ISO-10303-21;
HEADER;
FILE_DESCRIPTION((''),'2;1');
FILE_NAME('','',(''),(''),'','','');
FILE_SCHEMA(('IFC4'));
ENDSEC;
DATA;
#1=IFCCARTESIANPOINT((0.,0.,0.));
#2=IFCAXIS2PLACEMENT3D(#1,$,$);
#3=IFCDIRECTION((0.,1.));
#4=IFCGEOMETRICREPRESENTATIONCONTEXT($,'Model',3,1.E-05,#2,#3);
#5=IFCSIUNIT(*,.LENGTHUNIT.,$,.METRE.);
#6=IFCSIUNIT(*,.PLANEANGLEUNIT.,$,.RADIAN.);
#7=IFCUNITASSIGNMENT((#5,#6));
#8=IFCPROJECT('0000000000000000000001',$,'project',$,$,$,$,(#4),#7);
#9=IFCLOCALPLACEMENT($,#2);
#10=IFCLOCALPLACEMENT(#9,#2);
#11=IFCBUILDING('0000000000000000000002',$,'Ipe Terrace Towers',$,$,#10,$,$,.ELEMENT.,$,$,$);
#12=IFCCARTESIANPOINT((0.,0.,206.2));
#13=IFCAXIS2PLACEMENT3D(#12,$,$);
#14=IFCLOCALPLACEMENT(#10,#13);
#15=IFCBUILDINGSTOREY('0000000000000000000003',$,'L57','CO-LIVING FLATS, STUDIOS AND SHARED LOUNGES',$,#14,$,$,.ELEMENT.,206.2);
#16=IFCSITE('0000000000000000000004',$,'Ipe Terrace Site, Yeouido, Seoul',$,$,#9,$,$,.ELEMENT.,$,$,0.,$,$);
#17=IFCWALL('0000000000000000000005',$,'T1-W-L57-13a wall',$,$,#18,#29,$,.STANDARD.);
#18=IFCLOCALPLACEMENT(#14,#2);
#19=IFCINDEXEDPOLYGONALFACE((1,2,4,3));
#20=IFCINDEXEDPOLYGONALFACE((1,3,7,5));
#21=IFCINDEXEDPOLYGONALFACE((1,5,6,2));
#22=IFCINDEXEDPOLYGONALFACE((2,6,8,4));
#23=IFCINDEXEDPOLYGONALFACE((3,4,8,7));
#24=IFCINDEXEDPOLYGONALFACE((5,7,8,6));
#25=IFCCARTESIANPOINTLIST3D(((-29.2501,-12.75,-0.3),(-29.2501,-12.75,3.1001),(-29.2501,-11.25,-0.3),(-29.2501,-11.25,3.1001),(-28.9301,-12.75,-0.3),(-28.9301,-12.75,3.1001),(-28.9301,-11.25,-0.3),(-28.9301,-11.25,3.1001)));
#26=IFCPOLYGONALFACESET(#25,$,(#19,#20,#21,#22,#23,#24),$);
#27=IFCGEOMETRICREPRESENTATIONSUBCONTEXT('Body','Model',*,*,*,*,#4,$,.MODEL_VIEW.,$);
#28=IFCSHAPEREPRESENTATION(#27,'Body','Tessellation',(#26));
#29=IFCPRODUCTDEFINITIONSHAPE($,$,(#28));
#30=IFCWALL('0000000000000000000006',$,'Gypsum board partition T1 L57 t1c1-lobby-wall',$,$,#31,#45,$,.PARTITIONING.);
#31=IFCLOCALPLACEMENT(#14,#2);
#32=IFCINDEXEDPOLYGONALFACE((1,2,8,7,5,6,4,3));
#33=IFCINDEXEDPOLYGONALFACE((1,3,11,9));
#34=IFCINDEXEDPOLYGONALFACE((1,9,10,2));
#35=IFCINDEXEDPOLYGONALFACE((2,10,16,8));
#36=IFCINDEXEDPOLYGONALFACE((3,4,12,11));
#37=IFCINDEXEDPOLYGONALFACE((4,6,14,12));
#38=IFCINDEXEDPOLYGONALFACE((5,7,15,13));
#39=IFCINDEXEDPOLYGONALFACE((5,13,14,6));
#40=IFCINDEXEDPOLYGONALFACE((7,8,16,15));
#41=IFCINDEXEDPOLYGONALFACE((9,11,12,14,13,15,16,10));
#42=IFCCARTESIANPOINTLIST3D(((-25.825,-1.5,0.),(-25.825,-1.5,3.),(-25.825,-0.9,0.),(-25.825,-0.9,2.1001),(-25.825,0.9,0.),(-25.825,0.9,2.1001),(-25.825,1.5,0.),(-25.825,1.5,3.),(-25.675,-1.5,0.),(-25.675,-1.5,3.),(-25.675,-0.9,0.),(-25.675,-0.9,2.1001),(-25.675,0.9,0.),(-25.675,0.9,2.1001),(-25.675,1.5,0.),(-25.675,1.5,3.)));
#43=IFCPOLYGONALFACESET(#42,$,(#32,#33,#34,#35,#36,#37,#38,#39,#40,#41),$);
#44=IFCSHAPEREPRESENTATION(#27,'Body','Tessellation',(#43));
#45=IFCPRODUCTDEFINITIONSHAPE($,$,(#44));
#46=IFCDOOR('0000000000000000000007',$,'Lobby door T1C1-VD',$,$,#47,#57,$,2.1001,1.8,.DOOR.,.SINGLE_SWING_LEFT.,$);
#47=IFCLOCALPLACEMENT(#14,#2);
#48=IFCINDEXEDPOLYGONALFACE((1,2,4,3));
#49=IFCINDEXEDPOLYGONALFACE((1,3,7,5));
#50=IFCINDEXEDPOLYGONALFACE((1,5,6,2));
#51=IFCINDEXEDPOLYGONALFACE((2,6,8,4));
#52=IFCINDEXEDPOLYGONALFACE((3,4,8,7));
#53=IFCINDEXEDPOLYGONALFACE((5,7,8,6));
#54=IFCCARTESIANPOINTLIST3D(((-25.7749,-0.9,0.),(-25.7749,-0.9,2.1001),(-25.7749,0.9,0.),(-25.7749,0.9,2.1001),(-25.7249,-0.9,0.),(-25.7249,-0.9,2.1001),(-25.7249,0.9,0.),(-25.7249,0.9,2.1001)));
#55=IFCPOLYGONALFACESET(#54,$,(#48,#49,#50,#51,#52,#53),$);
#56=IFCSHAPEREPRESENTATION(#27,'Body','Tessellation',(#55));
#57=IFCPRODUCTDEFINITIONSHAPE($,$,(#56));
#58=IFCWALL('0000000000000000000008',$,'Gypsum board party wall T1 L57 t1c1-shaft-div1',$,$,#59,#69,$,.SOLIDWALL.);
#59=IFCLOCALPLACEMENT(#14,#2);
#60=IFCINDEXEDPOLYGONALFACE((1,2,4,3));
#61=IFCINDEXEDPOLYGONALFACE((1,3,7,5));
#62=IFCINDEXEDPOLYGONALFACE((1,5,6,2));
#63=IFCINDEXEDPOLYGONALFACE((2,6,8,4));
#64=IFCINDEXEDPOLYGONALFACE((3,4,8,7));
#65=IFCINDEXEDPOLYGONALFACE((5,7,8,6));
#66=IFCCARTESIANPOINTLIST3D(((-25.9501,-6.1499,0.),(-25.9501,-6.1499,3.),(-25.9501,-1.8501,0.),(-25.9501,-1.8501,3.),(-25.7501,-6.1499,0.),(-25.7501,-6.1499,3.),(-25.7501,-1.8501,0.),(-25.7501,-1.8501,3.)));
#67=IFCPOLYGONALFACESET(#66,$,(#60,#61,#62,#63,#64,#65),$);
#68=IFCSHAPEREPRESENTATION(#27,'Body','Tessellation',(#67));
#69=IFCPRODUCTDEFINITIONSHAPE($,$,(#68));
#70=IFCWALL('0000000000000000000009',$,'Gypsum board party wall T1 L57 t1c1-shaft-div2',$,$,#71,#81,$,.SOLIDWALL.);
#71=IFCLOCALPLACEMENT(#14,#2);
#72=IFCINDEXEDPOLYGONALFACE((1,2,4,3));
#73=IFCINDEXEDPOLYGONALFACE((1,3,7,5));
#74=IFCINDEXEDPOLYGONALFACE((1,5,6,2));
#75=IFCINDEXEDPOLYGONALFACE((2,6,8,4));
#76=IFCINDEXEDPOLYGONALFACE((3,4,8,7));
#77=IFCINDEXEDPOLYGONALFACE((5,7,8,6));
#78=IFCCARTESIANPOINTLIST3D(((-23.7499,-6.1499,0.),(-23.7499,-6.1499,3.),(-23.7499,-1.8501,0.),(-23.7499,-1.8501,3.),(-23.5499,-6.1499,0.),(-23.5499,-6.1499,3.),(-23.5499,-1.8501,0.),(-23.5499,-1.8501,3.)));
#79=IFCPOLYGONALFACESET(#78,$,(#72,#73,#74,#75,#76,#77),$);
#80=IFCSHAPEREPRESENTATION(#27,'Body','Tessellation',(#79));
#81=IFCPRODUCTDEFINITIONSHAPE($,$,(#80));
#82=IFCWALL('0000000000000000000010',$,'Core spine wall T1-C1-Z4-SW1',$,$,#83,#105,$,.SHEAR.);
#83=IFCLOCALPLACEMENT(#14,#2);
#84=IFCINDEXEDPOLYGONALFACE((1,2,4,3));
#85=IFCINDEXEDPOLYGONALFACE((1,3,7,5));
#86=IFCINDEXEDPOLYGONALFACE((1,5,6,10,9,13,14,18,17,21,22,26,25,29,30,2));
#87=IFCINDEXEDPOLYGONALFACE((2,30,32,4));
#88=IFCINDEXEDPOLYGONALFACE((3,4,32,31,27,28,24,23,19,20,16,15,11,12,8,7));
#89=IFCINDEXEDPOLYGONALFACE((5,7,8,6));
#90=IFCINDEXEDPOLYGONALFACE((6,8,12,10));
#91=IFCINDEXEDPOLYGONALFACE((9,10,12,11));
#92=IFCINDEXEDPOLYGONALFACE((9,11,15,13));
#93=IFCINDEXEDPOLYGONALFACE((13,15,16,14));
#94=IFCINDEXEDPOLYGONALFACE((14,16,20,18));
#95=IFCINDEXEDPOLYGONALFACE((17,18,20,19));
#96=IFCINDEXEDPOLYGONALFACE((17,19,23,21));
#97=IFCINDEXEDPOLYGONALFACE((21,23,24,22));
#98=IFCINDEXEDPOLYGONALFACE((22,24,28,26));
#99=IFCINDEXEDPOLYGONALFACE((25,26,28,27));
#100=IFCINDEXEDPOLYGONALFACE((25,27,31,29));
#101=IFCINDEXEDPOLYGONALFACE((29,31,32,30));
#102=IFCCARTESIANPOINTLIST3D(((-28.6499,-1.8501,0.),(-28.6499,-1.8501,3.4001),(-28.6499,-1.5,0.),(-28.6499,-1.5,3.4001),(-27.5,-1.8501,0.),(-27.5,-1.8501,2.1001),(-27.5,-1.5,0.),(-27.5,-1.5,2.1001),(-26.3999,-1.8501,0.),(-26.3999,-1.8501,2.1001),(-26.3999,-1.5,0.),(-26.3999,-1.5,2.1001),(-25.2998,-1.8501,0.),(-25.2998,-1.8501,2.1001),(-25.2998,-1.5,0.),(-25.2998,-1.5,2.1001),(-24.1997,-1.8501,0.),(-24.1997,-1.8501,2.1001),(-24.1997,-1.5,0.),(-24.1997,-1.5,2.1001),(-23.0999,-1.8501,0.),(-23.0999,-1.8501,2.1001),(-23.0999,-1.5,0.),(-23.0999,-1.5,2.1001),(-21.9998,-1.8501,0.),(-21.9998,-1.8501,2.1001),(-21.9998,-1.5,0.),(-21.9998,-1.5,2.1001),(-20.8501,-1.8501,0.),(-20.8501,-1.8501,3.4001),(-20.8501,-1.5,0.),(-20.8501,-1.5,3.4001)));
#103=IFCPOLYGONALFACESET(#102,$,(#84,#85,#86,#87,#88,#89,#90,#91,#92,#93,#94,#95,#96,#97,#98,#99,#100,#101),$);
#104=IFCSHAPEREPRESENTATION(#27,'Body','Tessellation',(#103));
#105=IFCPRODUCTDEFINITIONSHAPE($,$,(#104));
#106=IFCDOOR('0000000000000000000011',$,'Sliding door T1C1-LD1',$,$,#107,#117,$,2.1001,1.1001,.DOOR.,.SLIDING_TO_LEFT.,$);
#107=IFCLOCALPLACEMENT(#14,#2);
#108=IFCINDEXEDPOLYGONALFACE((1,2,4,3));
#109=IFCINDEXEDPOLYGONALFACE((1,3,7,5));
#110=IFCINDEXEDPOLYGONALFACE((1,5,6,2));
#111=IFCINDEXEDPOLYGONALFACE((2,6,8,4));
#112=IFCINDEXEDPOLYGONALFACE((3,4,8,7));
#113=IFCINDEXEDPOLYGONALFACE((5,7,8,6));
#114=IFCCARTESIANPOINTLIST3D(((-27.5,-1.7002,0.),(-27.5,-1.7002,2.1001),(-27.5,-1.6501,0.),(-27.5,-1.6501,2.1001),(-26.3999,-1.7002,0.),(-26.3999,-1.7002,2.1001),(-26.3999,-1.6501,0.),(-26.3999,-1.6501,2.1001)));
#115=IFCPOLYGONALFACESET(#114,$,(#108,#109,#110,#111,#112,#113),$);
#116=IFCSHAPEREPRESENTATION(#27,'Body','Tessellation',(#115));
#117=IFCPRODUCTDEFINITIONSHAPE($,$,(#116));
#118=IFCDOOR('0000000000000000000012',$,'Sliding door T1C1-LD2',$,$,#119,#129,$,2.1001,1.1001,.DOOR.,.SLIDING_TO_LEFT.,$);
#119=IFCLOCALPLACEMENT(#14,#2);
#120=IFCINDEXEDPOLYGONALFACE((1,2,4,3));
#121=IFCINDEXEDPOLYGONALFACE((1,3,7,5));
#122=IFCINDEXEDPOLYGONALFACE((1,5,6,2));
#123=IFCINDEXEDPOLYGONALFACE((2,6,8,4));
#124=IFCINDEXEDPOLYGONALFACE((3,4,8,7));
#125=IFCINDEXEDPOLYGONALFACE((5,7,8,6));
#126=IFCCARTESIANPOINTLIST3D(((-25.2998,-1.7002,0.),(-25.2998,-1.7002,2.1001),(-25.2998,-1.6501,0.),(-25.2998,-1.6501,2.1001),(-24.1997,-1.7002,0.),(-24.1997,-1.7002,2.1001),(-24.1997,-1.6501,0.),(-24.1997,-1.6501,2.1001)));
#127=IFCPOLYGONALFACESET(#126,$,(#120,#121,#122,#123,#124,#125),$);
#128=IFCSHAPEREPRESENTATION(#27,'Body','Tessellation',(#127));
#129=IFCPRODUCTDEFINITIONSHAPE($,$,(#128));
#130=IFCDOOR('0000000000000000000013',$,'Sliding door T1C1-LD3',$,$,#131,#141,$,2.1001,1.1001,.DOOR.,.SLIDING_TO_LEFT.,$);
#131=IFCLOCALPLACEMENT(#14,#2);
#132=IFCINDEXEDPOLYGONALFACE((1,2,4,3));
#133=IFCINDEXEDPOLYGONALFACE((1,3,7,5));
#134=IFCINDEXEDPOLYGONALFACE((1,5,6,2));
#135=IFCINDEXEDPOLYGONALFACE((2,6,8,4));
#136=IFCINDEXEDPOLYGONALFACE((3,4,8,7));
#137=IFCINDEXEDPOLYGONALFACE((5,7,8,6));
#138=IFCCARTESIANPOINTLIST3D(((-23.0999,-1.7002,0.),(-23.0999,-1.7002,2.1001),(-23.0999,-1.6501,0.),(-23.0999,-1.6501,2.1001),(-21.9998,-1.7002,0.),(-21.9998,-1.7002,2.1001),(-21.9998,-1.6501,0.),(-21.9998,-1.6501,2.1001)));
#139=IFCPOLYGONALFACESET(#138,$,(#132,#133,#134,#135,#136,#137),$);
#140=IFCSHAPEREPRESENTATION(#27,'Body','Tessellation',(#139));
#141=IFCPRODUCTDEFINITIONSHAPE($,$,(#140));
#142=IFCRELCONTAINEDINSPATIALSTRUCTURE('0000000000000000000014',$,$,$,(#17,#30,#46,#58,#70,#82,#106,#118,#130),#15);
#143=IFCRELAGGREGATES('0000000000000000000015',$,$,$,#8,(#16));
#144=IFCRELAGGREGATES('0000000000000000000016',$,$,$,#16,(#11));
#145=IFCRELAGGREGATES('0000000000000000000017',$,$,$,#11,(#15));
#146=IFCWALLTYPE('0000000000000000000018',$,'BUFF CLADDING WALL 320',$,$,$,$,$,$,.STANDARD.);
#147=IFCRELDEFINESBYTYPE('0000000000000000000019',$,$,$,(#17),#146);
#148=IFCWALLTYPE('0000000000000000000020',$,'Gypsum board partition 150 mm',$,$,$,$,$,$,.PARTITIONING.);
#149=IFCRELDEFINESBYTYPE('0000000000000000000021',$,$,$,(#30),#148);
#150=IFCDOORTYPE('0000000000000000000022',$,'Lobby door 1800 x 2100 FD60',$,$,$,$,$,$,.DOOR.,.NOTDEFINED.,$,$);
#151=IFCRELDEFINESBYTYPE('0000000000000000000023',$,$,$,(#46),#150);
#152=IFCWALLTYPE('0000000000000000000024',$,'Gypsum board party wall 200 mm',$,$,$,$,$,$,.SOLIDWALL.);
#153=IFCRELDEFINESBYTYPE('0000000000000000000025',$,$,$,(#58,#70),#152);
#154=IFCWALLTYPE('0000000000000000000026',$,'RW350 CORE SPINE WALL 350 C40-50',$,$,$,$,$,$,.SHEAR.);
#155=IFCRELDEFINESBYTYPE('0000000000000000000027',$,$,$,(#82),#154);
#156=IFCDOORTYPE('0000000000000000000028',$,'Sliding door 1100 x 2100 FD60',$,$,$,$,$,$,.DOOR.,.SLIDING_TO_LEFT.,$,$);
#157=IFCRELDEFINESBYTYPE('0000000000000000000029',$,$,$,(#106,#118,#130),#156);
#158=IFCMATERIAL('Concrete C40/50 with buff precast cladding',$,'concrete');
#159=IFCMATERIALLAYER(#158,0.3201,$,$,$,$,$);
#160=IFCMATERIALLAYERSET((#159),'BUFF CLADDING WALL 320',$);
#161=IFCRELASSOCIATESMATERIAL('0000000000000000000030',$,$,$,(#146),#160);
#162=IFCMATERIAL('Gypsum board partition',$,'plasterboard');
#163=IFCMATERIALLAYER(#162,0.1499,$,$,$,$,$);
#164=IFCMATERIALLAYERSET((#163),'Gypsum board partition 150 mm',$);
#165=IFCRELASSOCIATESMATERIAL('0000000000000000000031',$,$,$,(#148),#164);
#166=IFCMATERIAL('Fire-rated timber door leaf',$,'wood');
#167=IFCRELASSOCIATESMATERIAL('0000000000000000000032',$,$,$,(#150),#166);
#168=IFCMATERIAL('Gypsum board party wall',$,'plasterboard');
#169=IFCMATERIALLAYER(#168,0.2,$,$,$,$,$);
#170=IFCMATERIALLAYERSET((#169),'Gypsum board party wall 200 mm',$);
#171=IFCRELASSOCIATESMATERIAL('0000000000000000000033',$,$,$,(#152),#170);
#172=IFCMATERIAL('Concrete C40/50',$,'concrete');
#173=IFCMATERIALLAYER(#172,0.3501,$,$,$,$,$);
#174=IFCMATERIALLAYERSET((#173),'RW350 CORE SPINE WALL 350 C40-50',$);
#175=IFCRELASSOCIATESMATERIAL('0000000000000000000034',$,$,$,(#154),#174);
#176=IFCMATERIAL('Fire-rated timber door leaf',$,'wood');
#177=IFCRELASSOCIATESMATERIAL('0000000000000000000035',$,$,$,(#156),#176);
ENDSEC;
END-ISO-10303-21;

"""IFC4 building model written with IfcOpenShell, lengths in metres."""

from ifc_helpers import new_model, si_unit, direction, frame, frame_2d, origin, place, context, subcontext, project, spatial, rectangle, extrude, material, layer, layer_set, type_object, element, fill, save


model = new_model("IFC4")

# Units and contexts
model_context = context("Model", 3, precision=1e-05, world=origin(), true_north=direction((0.0, 1.0)))
body_context = subcontext(model_context, "Body", "Model", "MODEL_VIEW")
ifc_project = project(units=[si_unit("LENGTHUNIT", "METRE"), si_unit("PLANEANGLEUNIT", "RADIAN")], contexts=[model_context])

# Site, building, storey
site_placement = place(None, origin())
site = spatial("IfcSite", under=ifc_project, at=site_placement, Name="Ipe Terrace Site, Yeouido, Seoul", CompositionType="ELEMENT", RefElevation=0.0)
building_placement = place(site_placement, origin())
building = spatial("IfcBuilding", under=site, at=building_placement, Name="Ipe Terrace Towers", CompositionType="ELEMENT")
storey_placement = place(building_placement, frame((0.0, 0.0, 206.2)))
storey = spatial("IfcBuildingStorey", under=building, at=storey_placement, Name="L57", Description="CO-LIVING FLATS, STUDIOS AND SHARED LOUNGES", CompositionType="ELEMENT", Elevation=206.2)

# Wall
ifc_material_1 = material(Name="Concrete C40/50 with buff precast cladding", Category="concrete")
ifc_layer_1 = layer(ifc_material_1, 0.3201)
ifc_layer_set_1 = layer_set([ifc_layer_1], Name="BUFF CLADDING WALL 320")
wall_type_1 = type_object("IfcWallType", Name="BUFF CLADDING WALL 320", PredefinedType="STANDARD", material=ifc_layer_set_1)
wall_1_placement = place(storey_placement, frame((-29.0901, -12.75, -0.3), z_axis=(0.0, 0.0, 1.0), x_axis=(0.0, 1.0, 0.0)))
element("IfcWall", 1, at=wall_1_placement, inside=storey, type_object=wall_type_1, Name="T1-W-L57-13a wall", PredefinedType="STANDARD", context=body_context, shape_type="SweptSolid", body=[
    extrude(rectangle(XDim=1.5, YDim=0.3201, at=frame_2d((0.75, 0.0))), origin(), (0.0, 0.0, 1.0), 3.4001),
])

# Wall, opening, door
ifc_material_2 = material(Name="Gypsum board partition", Category="plasterboard")
ifc_layer_2 = layer(ifc_material_2, 0.1499)
ifc_layer_set_2 = layer_set([ifc_layer_2], Name="Gypsum board partition 150 mm")
wall_type_2 = type_object("IfcWallType", Name="Gypsum board partition 150 mm", PredefinedType="PARTITIONING", material=ifc_layer_set_2)
wall_2_placement = place(storey_placement, frame((-25.75, -1.5, 0.0), z_axis=(0.0, 0.0, 1.0), x_axis=(0.0, 1.0, 0.0)))
wall_2 = element("IfcWall", 2, at=wall_2_placement, inside=storey, type_object=wall_type_2, Name="Gypsum board partition T1 L57 t1c1-lobby-wall", PredefinedType="PARTITIONING", context=body_context, shape_type="SweptSolid", body=[
    extrude(rectangle(XDim=3.0, YDim=0.1499, at=frame_2d((1.5, 0.0))), origin(), (0.0, 0.0, 1.0), 3.0),
])
opening_1_placement = place(wall_2_placement, frame((0.6001, 0.0, 0.0)))
opening_1 = element("IfcOpeningElement", 3, at=opening_1_placement, cuts=wall_2, PredefinedType="OPENING", context=body_context, shape_type="SweptSolid", body=[
    extrude(rectangle(XDim=1.8, YDim=2.1001, at=frame_2d((0.8999, 1.05))), frame((0.0, 0.085, 0.0), z_axis=(0.0, -1.0, 0.0), x_axis=(1.0, 0.0, 0.0)), (0.0, 0.0, 1.0), 0.1699),
])
ifc_material_3 = material(Name="Fire-rated timber door leaf", Category="wood")
door_type_1 = type_object("IfcDoorType", Name="Lobby door 1800 x 2100 FD60", OperationType="NOTDEFINED", PredefinedType="DOOR", material=ifc_material_3)
door_1_placement = place(opening_1_placement, origin())
door_1 = element("IfcDoor", 4, at=door_1_placement, inside=storey, type_object=door_type_1, Name="Lobby door T1C1-VD", OperationType="SINGLE_SWING_LEFT", OverallHeight=2.1001, OverallWidth=1.8, PredefinedType="DOOR", context=body_context, shape_type="SweptSolid", body=[
    extrude(rectangle(XDim=1.8, YDim=2.1001, at=frame_2d((0.8999, 1.05))), frame((0.0, 0.0249, 0.0), z_axis=(0.0, -1.0, 0.0), x_axis=(1.0, 0.0, 0.0)), (0.0, 0.0, 1.0), 0.05),
])
fill(opening_1, door_1)

# Walls
ifc_material_4 = material(Name="Gypsum board party wall", Category="plasterboard")
ifc_layer_3 = layer(ifc_material_4, 0.2)
ifc_layer_set_3 = layer_set([ifc_layer_3], Name="Gypsum board party wall 200 mm")
wall_type_3 = type_object("IfcWallType", Name="Gypsum board party wall 200 mm", PredefinedType="SOLIDWALL", material=ifc_layer_set_3)
for number, where, z_axis, x_axis, name in (
    (5, (-25.8501, -6.1499, 0.0), (0.0, 0.0, 1.0), (0.0, 1.0, 0.0), "Gypsum board party wall T1 L57 t1c1-shaft-div1"),
    (6, (-23.6499, -6.1499, 0.0), (0.0, 0.0, 1.0), (0.0, 1.0, 0.0), "Gypsum board party wall T1 L57 t1c1-shaft-div2"),
):
    element("IfcWall", number, at=place(storey_placement, frame(where, z_axis=z_axis, x_axis=x_axis)), inside=storey, type_object=wall_type_3, Name=name, PredefinedType="SOLIDWALL", context=body_context, shape_type="SweptSolid", body=[
        extrude(rectangle(XDim=4.2998, YDim=0.2, at=frame_2d((2.1499, 0.0))), origin(), (0.0, 0.0, 1.0), 3.0),
    ])

# Wall, openings, doors
ifc_material_5 = material(Name="Concrete C40/50", Category="concrete")
ifc_layer_4 = layer(ifc_material_5, 0.3501)
ifc_layer_set_4 = layer_set([ifc_layer_4], Name="RW350 CORE SPINE WALL 350 C40-50")
wall_type_4 = type_object("IfcWallType", Name="RW350 CORE SPINE WALL 350 C40-50", PredefinedType="SHEAR", material=ifc_layer_set_4)
wall_3_placement = place(storey_placement, frame((-28.6499, -1.675, 0.0), z_axis=(0.0, 0.0, 1.0), x_axis=(1.0, 0.0, 0.0)))
wall_3 = element("IfcWall", 7, at=wall_3_placement, inside=storey, type_object=wall_type_4, Name="Core spine wall T1-C1-Z4-SW1", PredefinedType="SHEAR", context=body_context, shape_type="SweptSolid", body=[
    extrude(rectangle(XDim=7.7998, YDim=0.3501, at=frame_2d((3.8999, 0.0))), origin(), (0.0, 0.0, 1.0), 3.4001),
])
opening_2_placement = place(wall_3_placement, frame((1.1499, 0.0, 0.0)))
opening_2 = element("IfcOpeningElement", 8, at=opening_2_placement, cuts=wall_3, PredefinedType="OPENING", context=body_context, shape_type="SweptSolid", body=[
    extrude(rectangle(XDim=1.1001, YDim=2.1001, at=frame_2d((0.55, 1.05))), frame((0.0, 0.1851, 0.0), z_axis=(0.0, -1.0, 0.0), x_axis=(1.0, 0.0, 0.0)), (0.0, 0.0, 1.0), 0.3701),
])
opening_3_placement = place(wall_3_placement, frame((3.3501, 0.0, 0.0)))
opening_3 = element("IfcOpeningElement", 9, at=opening_3_placement, cuts=wall_3, PredefinedType="OPENING", context=body_context, shape_type="SweptSolid", body=[
    extrude(rectangle(XDim=1.1001, YDim=2.1001, at=frame_2d((0.55, 1.05))), frame((0.0, 0.1851, 0.0), z_axis=(0.0, -1.0, 0.0), x_axis=(1.0, 0.0, 0.0)), (0.0, 0.0, 1.0), 0.3701),
])
opening_4_placement = place(wall_3_placement, frame((5.55, 0.0, 0.0)))
opening_4 = element("IfcOpeningElement", 10, at=opening_4_placement, cuts=wall_3, PredefinedType="OPENING", context=body_context, shape_type="SweptSolid", body=[
    extrude(rectangle(XDim=1.1001, YDim=2.1001, at=frame_2d((0.55, 1.05))), frame((0.0, 0.1851, 0.0), z_axis=(0.0, -1.0, 0.0), x_axis=(1.0, 0.0, 0.0)), (0.0, 0.0, 1.0), 0.3701),
])
ifc_material_6 = material(Name="Fire-rated timber door leaf", Category="wood")
door_type_2 = type_object("IfcDoorType", Name="Sliding door 1100 x 2100 FD60", OperationType="SLIDING_TO_LEFT", PredefinedType="DOOR", material=ifc_material_6)
door_2_placement = place(opening_2_placement, origin())
door_2 = element("IfcDoor", 11, at=door_2_placement, inside=storey, type_object=door_type_2, Name="Sliding door T1C1-LD1", OperationType="SLIDING_TO_LEFT", OverallHeight=2.1001, OverallWidth=1.1001, PredefinedType="DOOR", context=body_context, shape_type="SweptSolid", body=[
    extrude(rectangle(XDim=1.1001, YDim=2.1001, at=frame_2d((0.55, 1.05))), frame((0.0, 0.0249, 0.0), z_axis=(0.0, -1.0, 0.0), x_axis=(1.0, 0.0, 0.0)), (0.0, 0.0, 1.0), 0.05),
])
fill(opening_2, door_2)
door_3_placement = place(opening_3_placement, origin())
door_3 = element("IfcDoor", 12, at=door_3_placement, inside=storey, type_object=door_type_2, Name="Sliding door T1C1-LD2", OperationType="SLIDING_TO_LEFT", OverallHeight=2.1001, OverallWidth=1.1001, PredefinedType="DOOR", context=body_context, shape_type="SweptSolid", body=[
    extrude(rectangle(XDim=1.1001, YDim=2.1001, at=frame_2d((0.55, 1.05))), frame((0.0, 0.0249, 0.0), z_axis=(0.0, -1.0, 0.0), x_axis=(1.0, 0.0, 0.0)), (0.0, 0.0, 1.0), 0.05),
])
fill(opening_3, door_3)
door_4_placement = place(opening_4_placement, origin())
door_4 = element("IfcDoor", 13, at=door_4_placement, inside=storey, type_object=door_type_2, Name="Sliding door T1C1-LD3", OperationType="SLIDING_TO_LEFT", OverallHeight=2.1001, OverallWidth=1.1001, PredefinedType="DOOR", context=body_context, shape_type="SweptSolid", body=[
    extrude(rectangle(XDim=1.1001, YDim=2.1001, at=frame_2d((0.55, 1.05))), frame((0.0, 0.0249, 0.0), z_axis=(0.0, -1.0, 0.0), x_axis=(1.0, 0.0, 0.0)), (0.0, 0.0, 1.0), 0.05),
])
fill(opening_4, door_4)

save(model, "model.ifc")
